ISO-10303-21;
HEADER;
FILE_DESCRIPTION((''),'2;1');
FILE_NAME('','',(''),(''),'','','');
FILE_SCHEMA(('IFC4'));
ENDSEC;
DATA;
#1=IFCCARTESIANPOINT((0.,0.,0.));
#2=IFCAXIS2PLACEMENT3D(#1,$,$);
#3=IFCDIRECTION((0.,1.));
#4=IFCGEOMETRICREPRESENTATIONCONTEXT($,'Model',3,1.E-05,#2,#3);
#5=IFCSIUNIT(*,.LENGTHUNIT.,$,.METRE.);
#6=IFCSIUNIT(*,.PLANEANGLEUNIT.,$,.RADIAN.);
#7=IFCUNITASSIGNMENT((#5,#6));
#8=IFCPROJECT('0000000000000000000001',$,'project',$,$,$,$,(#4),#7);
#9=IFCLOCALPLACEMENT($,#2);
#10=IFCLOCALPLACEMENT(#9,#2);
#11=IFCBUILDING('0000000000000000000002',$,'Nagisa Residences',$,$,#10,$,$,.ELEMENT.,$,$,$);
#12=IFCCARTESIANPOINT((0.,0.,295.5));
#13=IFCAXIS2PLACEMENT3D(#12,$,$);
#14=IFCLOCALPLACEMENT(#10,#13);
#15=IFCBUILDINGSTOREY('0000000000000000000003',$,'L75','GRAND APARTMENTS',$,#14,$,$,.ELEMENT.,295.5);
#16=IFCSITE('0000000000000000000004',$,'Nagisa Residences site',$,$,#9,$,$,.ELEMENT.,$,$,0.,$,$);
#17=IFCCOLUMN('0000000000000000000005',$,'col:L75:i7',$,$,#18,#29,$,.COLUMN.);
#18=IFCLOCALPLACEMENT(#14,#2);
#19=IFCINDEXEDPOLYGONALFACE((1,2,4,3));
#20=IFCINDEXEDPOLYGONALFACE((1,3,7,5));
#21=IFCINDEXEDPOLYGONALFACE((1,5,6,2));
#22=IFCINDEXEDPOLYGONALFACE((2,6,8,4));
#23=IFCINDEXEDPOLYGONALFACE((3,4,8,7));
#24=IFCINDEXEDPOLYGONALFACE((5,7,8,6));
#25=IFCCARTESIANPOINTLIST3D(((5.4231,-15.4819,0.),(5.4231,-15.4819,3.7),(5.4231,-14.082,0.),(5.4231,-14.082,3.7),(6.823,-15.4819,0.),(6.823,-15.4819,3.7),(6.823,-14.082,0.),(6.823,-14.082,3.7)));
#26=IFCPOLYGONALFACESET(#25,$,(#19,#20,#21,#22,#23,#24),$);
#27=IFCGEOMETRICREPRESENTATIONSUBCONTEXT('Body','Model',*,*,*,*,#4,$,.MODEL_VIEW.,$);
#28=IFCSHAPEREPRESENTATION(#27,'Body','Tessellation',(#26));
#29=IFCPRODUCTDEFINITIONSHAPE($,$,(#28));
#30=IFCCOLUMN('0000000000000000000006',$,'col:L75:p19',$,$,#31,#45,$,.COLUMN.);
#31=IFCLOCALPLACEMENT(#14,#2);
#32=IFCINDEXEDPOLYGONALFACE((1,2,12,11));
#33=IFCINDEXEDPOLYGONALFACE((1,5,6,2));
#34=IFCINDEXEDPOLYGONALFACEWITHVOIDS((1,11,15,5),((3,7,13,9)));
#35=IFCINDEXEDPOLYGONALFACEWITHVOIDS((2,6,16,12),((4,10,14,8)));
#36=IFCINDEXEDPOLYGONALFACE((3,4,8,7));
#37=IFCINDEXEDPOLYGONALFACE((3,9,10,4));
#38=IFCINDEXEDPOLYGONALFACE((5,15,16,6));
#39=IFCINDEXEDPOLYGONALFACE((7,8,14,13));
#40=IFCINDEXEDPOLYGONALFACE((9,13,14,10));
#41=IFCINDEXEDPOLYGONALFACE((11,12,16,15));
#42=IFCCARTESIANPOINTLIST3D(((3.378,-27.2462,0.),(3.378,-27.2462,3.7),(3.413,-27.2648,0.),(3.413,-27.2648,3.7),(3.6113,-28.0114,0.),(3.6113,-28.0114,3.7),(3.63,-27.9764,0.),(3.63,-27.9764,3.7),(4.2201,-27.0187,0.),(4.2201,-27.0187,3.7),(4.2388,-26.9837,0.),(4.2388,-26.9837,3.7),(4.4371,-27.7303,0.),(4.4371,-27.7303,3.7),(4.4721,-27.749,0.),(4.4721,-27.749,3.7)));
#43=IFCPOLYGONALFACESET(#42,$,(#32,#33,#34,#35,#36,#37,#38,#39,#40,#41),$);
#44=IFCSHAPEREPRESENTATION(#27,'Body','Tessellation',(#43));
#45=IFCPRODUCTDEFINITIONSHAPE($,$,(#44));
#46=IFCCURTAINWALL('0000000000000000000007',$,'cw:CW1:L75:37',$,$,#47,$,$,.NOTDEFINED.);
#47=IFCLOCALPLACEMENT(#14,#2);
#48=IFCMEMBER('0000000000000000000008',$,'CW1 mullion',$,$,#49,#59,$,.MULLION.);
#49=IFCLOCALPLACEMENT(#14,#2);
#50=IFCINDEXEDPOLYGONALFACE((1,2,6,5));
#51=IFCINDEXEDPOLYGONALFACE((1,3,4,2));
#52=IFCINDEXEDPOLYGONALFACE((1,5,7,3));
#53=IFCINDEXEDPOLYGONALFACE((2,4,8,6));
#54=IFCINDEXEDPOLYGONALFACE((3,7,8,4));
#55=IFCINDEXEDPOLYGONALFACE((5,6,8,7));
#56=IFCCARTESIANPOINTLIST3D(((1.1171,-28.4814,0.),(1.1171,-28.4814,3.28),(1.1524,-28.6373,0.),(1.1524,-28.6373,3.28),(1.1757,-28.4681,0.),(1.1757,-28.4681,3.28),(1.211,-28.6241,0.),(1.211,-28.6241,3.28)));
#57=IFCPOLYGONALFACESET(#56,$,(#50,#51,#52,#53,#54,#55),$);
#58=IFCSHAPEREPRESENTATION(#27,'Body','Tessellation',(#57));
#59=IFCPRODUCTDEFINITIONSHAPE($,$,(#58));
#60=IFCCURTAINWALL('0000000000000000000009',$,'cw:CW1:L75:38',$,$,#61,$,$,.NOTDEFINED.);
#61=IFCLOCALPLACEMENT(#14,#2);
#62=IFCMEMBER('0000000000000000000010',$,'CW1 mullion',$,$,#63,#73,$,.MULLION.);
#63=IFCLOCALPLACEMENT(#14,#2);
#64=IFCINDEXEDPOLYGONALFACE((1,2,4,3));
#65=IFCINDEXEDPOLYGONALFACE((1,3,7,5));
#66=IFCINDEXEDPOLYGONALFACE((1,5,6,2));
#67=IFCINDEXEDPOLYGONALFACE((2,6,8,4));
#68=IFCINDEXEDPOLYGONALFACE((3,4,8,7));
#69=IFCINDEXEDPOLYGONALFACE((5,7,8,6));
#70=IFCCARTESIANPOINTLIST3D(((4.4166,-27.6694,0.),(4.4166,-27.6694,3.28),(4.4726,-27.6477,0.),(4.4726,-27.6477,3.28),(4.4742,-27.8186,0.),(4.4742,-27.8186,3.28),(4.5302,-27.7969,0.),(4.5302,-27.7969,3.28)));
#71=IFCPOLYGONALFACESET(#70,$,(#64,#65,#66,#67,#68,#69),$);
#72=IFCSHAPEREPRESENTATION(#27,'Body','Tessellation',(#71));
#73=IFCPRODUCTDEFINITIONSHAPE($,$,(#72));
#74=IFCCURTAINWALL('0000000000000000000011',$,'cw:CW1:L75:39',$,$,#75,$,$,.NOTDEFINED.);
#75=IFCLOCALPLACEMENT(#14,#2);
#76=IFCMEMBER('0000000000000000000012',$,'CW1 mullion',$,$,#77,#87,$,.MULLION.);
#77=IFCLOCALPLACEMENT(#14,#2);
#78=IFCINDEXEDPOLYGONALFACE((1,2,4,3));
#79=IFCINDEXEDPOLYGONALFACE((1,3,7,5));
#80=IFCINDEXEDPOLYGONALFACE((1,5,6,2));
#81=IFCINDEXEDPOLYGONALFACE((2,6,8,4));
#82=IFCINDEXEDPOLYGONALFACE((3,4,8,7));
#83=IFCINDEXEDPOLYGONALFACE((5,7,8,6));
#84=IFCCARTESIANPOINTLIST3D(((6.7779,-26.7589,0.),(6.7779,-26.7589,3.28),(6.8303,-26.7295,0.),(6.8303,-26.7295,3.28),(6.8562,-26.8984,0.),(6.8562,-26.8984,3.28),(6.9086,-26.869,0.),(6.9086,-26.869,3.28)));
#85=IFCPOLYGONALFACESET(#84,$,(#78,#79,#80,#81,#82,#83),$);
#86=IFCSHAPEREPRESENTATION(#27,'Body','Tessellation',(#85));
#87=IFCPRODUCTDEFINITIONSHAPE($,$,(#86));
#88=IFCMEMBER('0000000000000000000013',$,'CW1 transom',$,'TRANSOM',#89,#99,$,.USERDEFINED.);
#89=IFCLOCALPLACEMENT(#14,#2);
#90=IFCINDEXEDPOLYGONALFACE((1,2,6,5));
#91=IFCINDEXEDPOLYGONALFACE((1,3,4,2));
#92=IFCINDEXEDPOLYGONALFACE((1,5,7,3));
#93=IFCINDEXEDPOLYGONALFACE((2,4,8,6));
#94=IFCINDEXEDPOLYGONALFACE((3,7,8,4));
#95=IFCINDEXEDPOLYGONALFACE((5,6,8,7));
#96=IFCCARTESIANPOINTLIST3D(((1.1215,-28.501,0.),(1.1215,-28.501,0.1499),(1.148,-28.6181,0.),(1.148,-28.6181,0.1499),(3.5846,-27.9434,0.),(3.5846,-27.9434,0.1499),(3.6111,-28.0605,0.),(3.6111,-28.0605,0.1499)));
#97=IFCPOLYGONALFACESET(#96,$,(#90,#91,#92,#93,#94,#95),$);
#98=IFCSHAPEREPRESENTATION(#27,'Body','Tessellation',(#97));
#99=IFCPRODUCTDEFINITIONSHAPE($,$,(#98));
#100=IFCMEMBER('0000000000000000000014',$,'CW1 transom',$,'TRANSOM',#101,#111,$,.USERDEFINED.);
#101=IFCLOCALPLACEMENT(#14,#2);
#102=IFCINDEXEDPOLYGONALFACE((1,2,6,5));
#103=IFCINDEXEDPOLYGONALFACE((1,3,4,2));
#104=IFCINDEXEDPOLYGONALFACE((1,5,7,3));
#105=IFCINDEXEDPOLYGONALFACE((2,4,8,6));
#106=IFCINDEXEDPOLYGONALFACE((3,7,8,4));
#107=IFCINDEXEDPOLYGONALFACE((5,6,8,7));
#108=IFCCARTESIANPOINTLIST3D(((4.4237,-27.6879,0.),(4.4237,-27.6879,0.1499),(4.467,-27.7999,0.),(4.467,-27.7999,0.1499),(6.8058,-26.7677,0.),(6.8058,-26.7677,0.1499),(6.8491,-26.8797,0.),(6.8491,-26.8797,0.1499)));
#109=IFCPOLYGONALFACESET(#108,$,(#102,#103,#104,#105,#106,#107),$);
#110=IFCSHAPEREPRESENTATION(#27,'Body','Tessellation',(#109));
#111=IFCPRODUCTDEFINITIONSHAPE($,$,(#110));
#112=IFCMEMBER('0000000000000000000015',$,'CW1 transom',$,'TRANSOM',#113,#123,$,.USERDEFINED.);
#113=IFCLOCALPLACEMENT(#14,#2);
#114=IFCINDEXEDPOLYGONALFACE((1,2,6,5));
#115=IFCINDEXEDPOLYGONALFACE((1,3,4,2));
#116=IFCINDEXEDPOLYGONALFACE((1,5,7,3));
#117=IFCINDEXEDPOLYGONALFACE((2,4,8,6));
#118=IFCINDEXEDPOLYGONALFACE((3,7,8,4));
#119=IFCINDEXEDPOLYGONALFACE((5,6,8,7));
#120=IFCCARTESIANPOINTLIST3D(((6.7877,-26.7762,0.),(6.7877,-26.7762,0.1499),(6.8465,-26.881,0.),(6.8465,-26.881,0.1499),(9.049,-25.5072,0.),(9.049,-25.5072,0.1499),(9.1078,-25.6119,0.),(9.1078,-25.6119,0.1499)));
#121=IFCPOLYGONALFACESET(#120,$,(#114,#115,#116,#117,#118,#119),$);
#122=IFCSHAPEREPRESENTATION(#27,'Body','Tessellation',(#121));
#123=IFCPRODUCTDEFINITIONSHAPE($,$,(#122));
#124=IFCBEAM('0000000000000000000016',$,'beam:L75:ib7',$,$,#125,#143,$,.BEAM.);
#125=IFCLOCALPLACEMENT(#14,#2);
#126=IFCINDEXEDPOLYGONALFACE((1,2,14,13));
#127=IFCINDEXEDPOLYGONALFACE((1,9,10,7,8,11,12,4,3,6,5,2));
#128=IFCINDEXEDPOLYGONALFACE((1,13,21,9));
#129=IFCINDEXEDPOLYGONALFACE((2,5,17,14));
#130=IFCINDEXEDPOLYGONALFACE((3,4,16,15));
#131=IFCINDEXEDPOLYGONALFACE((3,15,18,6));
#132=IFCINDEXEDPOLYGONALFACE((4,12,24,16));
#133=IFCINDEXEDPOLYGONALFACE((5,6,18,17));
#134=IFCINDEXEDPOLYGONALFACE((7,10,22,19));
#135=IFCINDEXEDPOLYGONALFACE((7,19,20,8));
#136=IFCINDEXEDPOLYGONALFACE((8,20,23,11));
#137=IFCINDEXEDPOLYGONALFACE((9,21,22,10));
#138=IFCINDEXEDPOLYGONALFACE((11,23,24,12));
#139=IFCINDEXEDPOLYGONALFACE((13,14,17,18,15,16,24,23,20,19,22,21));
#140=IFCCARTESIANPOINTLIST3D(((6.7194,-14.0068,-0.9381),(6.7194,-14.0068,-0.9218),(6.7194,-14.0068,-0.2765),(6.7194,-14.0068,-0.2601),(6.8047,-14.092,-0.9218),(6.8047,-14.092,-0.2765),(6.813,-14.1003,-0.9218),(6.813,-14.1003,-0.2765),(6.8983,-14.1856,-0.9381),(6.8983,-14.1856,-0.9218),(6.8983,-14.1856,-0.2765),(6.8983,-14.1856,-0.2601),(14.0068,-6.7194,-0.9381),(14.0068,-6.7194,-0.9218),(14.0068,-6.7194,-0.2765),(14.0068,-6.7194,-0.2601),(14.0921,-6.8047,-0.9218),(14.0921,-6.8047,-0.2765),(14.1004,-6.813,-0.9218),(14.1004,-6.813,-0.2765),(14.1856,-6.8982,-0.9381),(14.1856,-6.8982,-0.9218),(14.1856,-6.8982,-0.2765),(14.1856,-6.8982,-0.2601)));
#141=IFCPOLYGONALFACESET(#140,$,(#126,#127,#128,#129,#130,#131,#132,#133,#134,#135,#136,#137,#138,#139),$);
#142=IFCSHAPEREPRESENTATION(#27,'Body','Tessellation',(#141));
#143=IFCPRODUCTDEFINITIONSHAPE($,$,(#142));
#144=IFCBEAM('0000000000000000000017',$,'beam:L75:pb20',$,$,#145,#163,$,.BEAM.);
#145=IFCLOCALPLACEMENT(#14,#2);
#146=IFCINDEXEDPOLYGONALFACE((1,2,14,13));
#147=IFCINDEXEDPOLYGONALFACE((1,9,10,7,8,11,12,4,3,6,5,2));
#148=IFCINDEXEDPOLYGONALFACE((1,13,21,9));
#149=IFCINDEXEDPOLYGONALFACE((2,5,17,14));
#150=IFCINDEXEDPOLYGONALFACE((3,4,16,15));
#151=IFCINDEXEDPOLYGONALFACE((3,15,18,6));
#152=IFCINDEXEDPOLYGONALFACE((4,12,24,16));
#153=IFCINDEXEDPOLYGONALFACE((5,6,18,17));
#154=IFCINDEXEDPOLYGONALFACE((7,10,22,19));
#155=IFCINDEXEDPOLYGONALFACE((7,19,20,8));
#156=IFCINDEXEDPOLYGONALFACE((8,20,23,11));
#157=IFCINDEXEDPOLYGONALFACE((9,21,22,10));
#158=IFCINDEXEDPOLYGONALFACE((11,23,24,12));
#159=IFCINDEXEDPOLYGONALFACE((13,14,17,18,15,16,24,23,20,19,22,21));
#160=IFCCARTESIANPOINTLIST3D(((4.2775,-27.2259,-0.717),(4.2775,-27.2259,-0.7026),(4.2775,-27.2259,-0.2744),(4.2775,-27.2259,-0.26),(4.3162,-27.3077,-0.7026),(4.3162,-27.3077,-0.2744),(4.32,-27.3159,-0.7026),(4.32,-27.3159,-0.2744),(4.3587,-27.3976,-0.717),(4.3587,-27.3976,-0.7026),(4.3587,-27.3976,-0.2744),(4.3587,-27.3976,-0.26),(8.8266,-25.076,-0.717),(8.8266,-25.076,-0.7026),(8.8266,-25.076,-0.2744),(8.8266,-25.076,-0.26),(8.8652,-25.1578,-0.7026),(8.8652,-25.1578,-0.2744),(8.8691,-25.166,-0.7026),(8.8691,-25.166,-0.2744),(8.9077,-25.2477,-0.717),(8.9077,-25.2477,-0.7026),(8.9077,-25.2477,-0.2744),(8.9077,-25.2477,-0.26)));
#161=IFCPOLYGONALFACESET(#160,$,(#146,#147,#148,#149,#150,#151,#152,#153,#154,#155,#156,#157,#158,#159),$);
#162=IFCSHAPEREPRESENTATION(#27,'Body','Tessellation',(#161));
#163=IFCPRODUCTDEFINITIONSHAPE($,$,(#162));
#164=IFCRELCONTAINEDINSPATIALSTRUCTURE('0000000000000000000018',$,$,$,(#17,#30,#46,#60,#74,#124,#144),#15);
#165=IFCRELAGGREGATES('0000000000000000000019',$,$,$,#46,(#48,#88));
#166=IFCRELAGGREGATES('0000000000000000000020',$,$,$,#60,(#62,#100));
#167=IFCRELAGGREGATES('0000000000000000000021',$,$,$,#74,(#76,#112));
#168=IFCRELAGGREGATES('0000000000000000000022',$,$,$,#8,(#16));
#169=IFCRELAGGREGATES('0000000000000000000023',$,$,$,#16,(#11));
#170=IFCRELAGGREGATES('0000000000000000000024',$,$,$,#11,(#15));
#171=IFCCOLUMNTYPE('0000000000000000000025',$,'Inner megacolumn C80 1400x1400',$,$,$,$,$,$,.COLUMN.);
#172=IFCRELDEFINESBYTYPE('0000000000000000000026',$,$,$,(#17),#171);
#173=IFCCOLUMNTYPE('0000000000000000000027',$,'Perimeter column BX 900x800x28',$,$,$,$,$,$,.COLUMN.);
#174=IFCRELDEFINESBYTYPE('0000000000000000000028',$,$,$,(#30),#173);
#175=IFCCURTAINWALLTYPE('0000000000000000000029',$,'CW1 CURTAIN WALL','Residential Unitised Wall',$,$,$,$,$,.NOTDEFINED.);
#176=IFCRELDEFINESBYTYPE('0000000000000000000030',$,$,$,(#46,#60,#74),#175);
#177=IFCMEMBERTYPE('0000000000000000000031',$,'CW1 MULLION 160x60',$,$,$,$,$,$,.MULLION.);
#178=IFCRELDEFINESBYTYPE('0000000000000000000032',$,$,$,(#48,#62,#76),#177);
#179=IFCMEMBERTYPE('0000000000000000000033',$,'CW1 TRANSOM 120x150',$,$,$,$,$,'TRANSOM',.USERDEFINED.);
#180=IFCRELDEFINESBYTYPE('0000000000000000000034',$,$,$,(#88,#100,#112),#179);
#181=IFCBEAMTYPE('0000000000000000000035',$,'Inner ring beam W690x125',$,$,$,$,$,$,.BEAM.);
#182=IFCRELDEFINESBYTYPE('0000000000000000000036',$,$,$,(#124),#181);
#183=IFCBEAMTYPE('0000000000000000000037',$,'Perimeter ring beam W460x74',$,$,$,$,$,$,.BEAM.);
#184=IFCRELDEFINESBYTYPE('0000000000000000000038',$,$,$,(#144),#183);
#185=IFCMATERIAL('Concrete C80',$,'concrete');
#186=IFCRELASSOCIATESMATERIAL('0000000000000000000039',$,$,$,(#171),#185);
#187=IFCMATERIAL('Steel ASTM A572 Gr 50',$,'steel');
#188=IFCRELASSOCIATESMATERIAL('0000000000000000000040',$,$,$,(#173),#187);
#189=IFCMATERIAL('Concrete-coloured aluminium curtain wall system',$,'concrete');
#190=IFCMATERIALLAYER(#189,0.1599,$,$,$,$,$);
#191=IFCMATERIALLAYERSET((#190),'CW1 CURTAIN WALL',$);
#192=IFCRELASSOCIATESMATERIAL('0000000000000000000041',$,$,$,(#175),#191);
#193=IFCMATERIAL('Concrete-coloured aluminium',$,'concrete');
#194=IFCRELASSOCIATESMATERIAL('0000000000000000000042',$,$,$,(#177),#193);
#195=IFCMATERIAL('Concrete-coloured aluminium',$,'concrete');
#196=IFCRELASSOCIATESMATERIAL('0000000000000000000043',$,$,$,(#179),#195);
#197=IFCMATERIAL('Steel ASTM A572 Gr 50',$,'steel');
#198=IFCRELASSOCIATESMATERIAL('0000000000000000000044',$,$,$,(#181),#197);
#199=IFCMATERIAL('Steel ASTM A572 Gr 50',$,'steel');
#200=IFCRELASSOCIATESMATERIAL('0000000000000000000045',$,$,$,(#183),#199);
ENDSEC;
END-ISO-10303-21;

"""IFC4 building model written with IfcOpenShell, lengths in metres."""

from ifc_helpers import new_model, si_unit, direction, frame, origin, origin_2d, place, context, subcontext, project, spatial, rectangle, hollow_rectangle, i_section, extrude, material, layer, layer_set, material_profile, profile_set, type_object, element, aggregate, save


model = new_model("IFC4")

# Units and contexts
model_context = context("Model", 3, precision=1e-05, world=origin(), true_north=direction((0.0, 1.0)))
body_context = subcontext(model_context, "Body", "Model", "MODEL_VIEW")
ifc_project = project(units=[si_unit("LENGTHUNIT", "METRE"), si_unit("PLANEANGLEUNIT", "RADIAN")], contexts=[model_context])

# Site, building, storey
site_placement = place(None, origin())
site = spatial("IfcSite", under=ifc_project, at=site_placement, Name="Nagisa Residences site", CompositionType="ELEMENT", RefElevation=0.0)
building_placement = place(site_placement, origin())
building = spatial("IfcBuilding", under=site, at=building_placement, Name="Nagisa Residences", CompositionType="ELEMENT")
storey_placement = place(building_placement, frame((0.0, 0.0, 295.5)))
storey = spatial("IfcBuildingStorey", under=building, at=storey_placement, Name="L75", Description="GRAND APARTMENTS", CompositionType="ELEMENT", Elevation=295.5)

# Columns
ifc_material_1 = material(Name="Concrete C80", Category="concrete")
ifc_material_profile_1 = material_profile(ifc_material_1, rectangle(XDim=1.3999, YDim=1.3999, at=origin_2d()), Name="C80 1400x1400")
ifc_profile_set_1 = profile_set([ifc_material_profile_1], Name="Concrete C80")
column_type_1 = type_object("IfcColumnType", Name="Inner megacolumn C80 1400x1400", PredefinedType="COLUMN", material=ifc_profile_set_1)
column_1_placement = place(storey_placement, frame((6.123, -14.782, 0.0), z_axis=(0.0, 0.0, 1.0), x_axis=(1.0, 0.0, 0.0)))
element("IfcColumn", 1, at=column_1_placement, inside=storey, type_object=column_type_1, Name="col:L75:i7", PredefinedType="COLUMN", context=body_context, shape_type="SweptSolid", body=[
    extrude(rectangle(XDim=1.3999, YDim=1.3999, at=origin_2d()), origin(), (0.0, 0.0, 1.0), 3.7),
])
ifc_material_2 = material(Name="Steel ASTM A572 Gr 50", Category="steel")
ifc_material_profile_2 = material_profile(ifc_material_2, hollow_rectangle(XDim=0.8999, YDim=0.8, WallThickness=0.0281, at=origin_2d()), Name="BX 900x800x28")
ifc_profile_set_2 = profile_set([ifc_material_profile_2], Name="Steel ASTM A572 Gr 50")
column_type_2 = type_object("IfcColumnType", Name="Perimeter column BX 900x800x28", PredefinedType="COLUMN", material=ifc_profile_set_2)
column_2_placement = place(storey_placement, frame((3.925, -27.4976, 0.0), z_axis=(0.0, 0.0, 1.0), x_axis=(0.956525, 0.291652, 0.0)))
element("IfcColumn", 2, at=column_2_placement, inside=storey, type_object=column_type_2, Name="col:L75:p19", PredefinedType="COLUMN", context=body_context, shape_type="SweptSolid", body=[
    extrude(hollow_rectangle(XDim=0.8999, YDim=0.8, WallThickness=0.0281, at=origin_2d()), origin(), (0.0, 0.0, 1.0), 3.7),
])

# Curtain walls, members
ifc_material_3 = material(Name="Concrete-coloured aluminium curtain wall system", Category="concrete")
ifc_layer_1 = layer(ifc_material_3, 0.1599)
ifc_layer_set_1 = layer_set([ifc_layer_1], Name="CW1 CURTAIN WALL")
curtain_wall_type = type_object("IfcCurtainWallType", Name="CW1 CURTAIN WALL", Description="Residential Unitised Wall", PredefinedType="NOTDEFINED", material=ifc_layer_set_1)
curtain_wall_1_placement = place(storey_placement, origin())
curtain_wall_1 = element("IfcCurtainWall", 3, at=curtain_wall_1_placement, inside=storey, type_object=curtain_wall_type, Name="cw:CW1:L75:37", PredefinedType="NOTDEFINED")
ifc_material_4 = material(Name="Concrete-coloured aluminium", Category="concrete")
ifc_material_profile_3 = material_profile(ifc_material_4, rectangle(XDim=0.1599, YDim=0.0601, at=origin_2d()), Name="CW1 MULLION 160x60")
ifc_profile_set_3 = profile_set([ifc_material_profile_3], Name="Concrete-coloured aluminium")
member_type_1 = type_object("IfcMemberType", Name="CW1 MULLION 160x60", PredefinedType="MULLION", material=ifc_profile_set_3)
member_1_placement = place(storey_placement, frame((1.1641, -28.5527, 0.0), z_axis=(0.0, 0.0, 1.0), x_axis=(-0.220764, 0.975327, 0.0)))
member_1 = element("IfcMember", 4, at=member_1_placement, type_object=member_type_1, Name="CW1 mullion", PredefinedType="MULLION", context=body_context, shape_type="SweptSolid", body=[
    extrude(rectangle(XDim=0.1599, YDim=0.0601, at=origin_2d()), origin(), (0.0, 0.0, 1.0), 3.28),
])
curtain_wall_2_placement = place(storey_placement, origin())
curtain_wall_2 = element("IfcCurtainWall", 5, at=curtain_wall_2_placement, inside=storey, type_object=curtain_wall_type, Name="cw:CW1:L75:38", PredefinedType="NOTDEFINED")
member_2_placement = place(storey_placement, frame((4.4734, -27.7332, 0.0), z_axis=(0.0, 0.0, 1.0), x_axis=(-0.360328, 0.932826, 0.0)))
member_2 = element("IfcMember", 6, at=member_2_placement, type_object=member_type_1, Name="CW1 mullion", PredefinedType="MULLION", context=body_context, shape_type="SweptSolid", body=[
    extrude(rectangle(XDim=0.1599, YDim=0.0601, at=origin_2d()), origin(), (0.0, 0.0, 1.0), 3.28),
])
curtain_wall_3_placement = place(storey_placement, origin())
curtain_wall_3 = element("IfcCurtainWall", 7, at=curtain_wall_3_placement, inside=storey, type_object=curtain_wall_type, Name="cw:CW1:L75:39", PredefinedType="NOTDEFINED")
member_3_placement = place(storey_placement, frame((6.8433, -26.814, 0.0), z_axis=(0.0, 0.0, 1.0), x_axis=(-0.489377, 0.872072, 0.0)))
member_3 = element("IfcMember", 8, at=member_3_placement, type_object=member_type_1, Name="CW1 mullion", PredefinedType="MULLION", context=body_context, shape_type="SweptSolid", body=[
    extrude(rectangle(XDim=0.1599, YDim=0.0601, at=origin_2d()), origin(), (0.0, 0.0, 1.0), 3.28),
])

# Members
ifc_material_5 = material(Name="Concrete-coloured aluminium", Category="concrete")
ifc_material_profile_4 = material_profile(ifc_material_5, rectangle(XDim=0.1201, YDim=0.1499, at=origin_2d()), Name="CW1 TRANSOM 120x150")
ifc_profile_set_4 = profile_set([ifc_material_profile_4], Name="Concrete-coloured aluminium")
member_type_2 = type_object("IfcMemberType", Name="CW1 TRANSOM 120x150", ElementType="TRANSOM", PredefinedType="USERDEFINED", material=ifc_profile_set_4)
member_4_placement = place(storey_placement, frame((1.1348, -28.5596, 0.075), z_axis=(0.97532, 0.220798, 0.0), x_axis=(-0.220798, 0.97532, 0.0)))
member_4 = element("IfcMember", 9, at=member_4_placement, type_object=member_type_2, Name="CW1 transom", ObjectType="TRANSOM", PredefinedType="USERDEFINED", context=body_context, shape_type="SweptSolid", body=[
    extrude(rectangle(XDim=0.1201, YDim=0.1499, at=origin_2d()), origin(), (0.0, 0.0, 1.0), 2.5254),
])
member_5_placement = place(storey_placement, frame((4.4453, -27.7439, 0.075), z_axis=(0.932822, 0.360337, 0.0), x_axis=(-0.360337, 0.932822, 0.0)))
member_5 = element("IfcMember", 10, at=member_5_placement, type_object=member_type_2, Name="CW1 transom", ObjectType="TRANSOM", PredefinedType="USERDEFINED", context=body_context, shape_type="SweptSolid", body=[
    extrude(rectangle(XDim=0.1201, YDim=0.1499, at=origin_2d()), origin(), (0.0, 0.0, 1.0), 2.5537),
])
member_6_placement = place(storey_placement, frame((6.8171, -26.8286, 0.075), z_axis=(0.872053, 0.489412, 0.0), x_axis=(-0.489412, 0.872053, 0.0)))
member_6 = element("IfcMember", 11, at=member_6_placement, type_object=member_type_2, Name="CW1 transom", ObjectType="TRANSOM", PredefinedType="USERDEFINED", context=body_context, shape_type="SweptSolid", body=[
    extrude(rectangle(XDim=0.1201, YDim=0.1499, at=origin_2d()), origin(), (0.0, 0.0, 1.0), 2.593),
])

# Beams
ifc_material_6 = material(Name="Steel ASTM A572 Gr 50", Category="steel")
ifc_material_profile_5 = material_profile(ifc_material_6, i_section(OverallWidth=0.2529, OverallDepth=0.678, WebThickness=0.0117, FlangeThickness=0.0164, at=origin_2d()), Name="W690x125")
ifc_profile_set_5 = profile_set([ifc_material_profile_5], Name="Steel ASTM A572 Gr 50")
beam_type_1 = type_object("IfcBeamType", Name="Inner ring beam W690x125", PredefinedType="BEAM", material=ifc_profile_set_5)
beam_1_placement = place(storey_placement, frame((6.8088, -14.0962, -0.5991), z_axis=(0.707107, 0.707107, 0.0), x_axis=(-0.707107, 0.707107, 0.0)))
element("IfcBeam", 12, at=beam_1_placement, inside=storey, type_object=beam_type_1, Name="beam:L75:ib7", PredefinedType="BEAM", context=body_context, shape_type="SweptSolid", body=[
    extrude(i_section(OverallWidth=0.2529, OverallDepth=0.678, WebThickness=0.0117, FlangeThickness=0.0164, at=origin_2d()), origin(), (0.0, 0.0, 1.0), 10.3059),
])
ifc_material_7 = material(Name="Steel ASTM A572 Gr 50", Category="steel")
ifc_material_profile_6 = material_profile(ifc_material_7, i_section(OverallWidth=0.1899, OverallDepth=0.457, WebThickness=0.009, FlangeThickness=0.0144, at=origin_2d()), Name="W460x74")
ifc_profile_set_6 = profile_set([ifc_material_profile_6], Name="Steel ASTM A572 Gr 50")
beam_type_2 = type_object("IfcBeamType", Name="Perimeter ring beam W460x74", PredefinedType="BEAM", material=ifc_profile_set_6)
beam_2_placement = place(storey_placement, frame((4.3181, -27.3118, -0.4885), z_axis=(0.904116, 0.427287, 0.0), x_axis=(-0.427287, 0.904116, 0.0)))
element("IfcBeam", 13, at=beam_2_placement, inside=storey, type_object=beam_type_2, Name="beam:L75:pb20", PredefinedType="BEAM", context=body_context, shape_type="SweptSolid", body=[
    extrude(i_section(OverallWidth=0.1899, OverallDepth=0.457, WebThickness=0.009, FlangeThickness=0.0144, at=origin_2d()), origin(), (0.0, 0.0, 1.0), 5.0315),
])

aggregate(curtain_wall_1, [member_1, member_4])
aggregate(curtain_wall_2, [member_2, member_5])
aggregate(curtain_wall_3, [member_3, member_6])

save(model, "model.ifc")
